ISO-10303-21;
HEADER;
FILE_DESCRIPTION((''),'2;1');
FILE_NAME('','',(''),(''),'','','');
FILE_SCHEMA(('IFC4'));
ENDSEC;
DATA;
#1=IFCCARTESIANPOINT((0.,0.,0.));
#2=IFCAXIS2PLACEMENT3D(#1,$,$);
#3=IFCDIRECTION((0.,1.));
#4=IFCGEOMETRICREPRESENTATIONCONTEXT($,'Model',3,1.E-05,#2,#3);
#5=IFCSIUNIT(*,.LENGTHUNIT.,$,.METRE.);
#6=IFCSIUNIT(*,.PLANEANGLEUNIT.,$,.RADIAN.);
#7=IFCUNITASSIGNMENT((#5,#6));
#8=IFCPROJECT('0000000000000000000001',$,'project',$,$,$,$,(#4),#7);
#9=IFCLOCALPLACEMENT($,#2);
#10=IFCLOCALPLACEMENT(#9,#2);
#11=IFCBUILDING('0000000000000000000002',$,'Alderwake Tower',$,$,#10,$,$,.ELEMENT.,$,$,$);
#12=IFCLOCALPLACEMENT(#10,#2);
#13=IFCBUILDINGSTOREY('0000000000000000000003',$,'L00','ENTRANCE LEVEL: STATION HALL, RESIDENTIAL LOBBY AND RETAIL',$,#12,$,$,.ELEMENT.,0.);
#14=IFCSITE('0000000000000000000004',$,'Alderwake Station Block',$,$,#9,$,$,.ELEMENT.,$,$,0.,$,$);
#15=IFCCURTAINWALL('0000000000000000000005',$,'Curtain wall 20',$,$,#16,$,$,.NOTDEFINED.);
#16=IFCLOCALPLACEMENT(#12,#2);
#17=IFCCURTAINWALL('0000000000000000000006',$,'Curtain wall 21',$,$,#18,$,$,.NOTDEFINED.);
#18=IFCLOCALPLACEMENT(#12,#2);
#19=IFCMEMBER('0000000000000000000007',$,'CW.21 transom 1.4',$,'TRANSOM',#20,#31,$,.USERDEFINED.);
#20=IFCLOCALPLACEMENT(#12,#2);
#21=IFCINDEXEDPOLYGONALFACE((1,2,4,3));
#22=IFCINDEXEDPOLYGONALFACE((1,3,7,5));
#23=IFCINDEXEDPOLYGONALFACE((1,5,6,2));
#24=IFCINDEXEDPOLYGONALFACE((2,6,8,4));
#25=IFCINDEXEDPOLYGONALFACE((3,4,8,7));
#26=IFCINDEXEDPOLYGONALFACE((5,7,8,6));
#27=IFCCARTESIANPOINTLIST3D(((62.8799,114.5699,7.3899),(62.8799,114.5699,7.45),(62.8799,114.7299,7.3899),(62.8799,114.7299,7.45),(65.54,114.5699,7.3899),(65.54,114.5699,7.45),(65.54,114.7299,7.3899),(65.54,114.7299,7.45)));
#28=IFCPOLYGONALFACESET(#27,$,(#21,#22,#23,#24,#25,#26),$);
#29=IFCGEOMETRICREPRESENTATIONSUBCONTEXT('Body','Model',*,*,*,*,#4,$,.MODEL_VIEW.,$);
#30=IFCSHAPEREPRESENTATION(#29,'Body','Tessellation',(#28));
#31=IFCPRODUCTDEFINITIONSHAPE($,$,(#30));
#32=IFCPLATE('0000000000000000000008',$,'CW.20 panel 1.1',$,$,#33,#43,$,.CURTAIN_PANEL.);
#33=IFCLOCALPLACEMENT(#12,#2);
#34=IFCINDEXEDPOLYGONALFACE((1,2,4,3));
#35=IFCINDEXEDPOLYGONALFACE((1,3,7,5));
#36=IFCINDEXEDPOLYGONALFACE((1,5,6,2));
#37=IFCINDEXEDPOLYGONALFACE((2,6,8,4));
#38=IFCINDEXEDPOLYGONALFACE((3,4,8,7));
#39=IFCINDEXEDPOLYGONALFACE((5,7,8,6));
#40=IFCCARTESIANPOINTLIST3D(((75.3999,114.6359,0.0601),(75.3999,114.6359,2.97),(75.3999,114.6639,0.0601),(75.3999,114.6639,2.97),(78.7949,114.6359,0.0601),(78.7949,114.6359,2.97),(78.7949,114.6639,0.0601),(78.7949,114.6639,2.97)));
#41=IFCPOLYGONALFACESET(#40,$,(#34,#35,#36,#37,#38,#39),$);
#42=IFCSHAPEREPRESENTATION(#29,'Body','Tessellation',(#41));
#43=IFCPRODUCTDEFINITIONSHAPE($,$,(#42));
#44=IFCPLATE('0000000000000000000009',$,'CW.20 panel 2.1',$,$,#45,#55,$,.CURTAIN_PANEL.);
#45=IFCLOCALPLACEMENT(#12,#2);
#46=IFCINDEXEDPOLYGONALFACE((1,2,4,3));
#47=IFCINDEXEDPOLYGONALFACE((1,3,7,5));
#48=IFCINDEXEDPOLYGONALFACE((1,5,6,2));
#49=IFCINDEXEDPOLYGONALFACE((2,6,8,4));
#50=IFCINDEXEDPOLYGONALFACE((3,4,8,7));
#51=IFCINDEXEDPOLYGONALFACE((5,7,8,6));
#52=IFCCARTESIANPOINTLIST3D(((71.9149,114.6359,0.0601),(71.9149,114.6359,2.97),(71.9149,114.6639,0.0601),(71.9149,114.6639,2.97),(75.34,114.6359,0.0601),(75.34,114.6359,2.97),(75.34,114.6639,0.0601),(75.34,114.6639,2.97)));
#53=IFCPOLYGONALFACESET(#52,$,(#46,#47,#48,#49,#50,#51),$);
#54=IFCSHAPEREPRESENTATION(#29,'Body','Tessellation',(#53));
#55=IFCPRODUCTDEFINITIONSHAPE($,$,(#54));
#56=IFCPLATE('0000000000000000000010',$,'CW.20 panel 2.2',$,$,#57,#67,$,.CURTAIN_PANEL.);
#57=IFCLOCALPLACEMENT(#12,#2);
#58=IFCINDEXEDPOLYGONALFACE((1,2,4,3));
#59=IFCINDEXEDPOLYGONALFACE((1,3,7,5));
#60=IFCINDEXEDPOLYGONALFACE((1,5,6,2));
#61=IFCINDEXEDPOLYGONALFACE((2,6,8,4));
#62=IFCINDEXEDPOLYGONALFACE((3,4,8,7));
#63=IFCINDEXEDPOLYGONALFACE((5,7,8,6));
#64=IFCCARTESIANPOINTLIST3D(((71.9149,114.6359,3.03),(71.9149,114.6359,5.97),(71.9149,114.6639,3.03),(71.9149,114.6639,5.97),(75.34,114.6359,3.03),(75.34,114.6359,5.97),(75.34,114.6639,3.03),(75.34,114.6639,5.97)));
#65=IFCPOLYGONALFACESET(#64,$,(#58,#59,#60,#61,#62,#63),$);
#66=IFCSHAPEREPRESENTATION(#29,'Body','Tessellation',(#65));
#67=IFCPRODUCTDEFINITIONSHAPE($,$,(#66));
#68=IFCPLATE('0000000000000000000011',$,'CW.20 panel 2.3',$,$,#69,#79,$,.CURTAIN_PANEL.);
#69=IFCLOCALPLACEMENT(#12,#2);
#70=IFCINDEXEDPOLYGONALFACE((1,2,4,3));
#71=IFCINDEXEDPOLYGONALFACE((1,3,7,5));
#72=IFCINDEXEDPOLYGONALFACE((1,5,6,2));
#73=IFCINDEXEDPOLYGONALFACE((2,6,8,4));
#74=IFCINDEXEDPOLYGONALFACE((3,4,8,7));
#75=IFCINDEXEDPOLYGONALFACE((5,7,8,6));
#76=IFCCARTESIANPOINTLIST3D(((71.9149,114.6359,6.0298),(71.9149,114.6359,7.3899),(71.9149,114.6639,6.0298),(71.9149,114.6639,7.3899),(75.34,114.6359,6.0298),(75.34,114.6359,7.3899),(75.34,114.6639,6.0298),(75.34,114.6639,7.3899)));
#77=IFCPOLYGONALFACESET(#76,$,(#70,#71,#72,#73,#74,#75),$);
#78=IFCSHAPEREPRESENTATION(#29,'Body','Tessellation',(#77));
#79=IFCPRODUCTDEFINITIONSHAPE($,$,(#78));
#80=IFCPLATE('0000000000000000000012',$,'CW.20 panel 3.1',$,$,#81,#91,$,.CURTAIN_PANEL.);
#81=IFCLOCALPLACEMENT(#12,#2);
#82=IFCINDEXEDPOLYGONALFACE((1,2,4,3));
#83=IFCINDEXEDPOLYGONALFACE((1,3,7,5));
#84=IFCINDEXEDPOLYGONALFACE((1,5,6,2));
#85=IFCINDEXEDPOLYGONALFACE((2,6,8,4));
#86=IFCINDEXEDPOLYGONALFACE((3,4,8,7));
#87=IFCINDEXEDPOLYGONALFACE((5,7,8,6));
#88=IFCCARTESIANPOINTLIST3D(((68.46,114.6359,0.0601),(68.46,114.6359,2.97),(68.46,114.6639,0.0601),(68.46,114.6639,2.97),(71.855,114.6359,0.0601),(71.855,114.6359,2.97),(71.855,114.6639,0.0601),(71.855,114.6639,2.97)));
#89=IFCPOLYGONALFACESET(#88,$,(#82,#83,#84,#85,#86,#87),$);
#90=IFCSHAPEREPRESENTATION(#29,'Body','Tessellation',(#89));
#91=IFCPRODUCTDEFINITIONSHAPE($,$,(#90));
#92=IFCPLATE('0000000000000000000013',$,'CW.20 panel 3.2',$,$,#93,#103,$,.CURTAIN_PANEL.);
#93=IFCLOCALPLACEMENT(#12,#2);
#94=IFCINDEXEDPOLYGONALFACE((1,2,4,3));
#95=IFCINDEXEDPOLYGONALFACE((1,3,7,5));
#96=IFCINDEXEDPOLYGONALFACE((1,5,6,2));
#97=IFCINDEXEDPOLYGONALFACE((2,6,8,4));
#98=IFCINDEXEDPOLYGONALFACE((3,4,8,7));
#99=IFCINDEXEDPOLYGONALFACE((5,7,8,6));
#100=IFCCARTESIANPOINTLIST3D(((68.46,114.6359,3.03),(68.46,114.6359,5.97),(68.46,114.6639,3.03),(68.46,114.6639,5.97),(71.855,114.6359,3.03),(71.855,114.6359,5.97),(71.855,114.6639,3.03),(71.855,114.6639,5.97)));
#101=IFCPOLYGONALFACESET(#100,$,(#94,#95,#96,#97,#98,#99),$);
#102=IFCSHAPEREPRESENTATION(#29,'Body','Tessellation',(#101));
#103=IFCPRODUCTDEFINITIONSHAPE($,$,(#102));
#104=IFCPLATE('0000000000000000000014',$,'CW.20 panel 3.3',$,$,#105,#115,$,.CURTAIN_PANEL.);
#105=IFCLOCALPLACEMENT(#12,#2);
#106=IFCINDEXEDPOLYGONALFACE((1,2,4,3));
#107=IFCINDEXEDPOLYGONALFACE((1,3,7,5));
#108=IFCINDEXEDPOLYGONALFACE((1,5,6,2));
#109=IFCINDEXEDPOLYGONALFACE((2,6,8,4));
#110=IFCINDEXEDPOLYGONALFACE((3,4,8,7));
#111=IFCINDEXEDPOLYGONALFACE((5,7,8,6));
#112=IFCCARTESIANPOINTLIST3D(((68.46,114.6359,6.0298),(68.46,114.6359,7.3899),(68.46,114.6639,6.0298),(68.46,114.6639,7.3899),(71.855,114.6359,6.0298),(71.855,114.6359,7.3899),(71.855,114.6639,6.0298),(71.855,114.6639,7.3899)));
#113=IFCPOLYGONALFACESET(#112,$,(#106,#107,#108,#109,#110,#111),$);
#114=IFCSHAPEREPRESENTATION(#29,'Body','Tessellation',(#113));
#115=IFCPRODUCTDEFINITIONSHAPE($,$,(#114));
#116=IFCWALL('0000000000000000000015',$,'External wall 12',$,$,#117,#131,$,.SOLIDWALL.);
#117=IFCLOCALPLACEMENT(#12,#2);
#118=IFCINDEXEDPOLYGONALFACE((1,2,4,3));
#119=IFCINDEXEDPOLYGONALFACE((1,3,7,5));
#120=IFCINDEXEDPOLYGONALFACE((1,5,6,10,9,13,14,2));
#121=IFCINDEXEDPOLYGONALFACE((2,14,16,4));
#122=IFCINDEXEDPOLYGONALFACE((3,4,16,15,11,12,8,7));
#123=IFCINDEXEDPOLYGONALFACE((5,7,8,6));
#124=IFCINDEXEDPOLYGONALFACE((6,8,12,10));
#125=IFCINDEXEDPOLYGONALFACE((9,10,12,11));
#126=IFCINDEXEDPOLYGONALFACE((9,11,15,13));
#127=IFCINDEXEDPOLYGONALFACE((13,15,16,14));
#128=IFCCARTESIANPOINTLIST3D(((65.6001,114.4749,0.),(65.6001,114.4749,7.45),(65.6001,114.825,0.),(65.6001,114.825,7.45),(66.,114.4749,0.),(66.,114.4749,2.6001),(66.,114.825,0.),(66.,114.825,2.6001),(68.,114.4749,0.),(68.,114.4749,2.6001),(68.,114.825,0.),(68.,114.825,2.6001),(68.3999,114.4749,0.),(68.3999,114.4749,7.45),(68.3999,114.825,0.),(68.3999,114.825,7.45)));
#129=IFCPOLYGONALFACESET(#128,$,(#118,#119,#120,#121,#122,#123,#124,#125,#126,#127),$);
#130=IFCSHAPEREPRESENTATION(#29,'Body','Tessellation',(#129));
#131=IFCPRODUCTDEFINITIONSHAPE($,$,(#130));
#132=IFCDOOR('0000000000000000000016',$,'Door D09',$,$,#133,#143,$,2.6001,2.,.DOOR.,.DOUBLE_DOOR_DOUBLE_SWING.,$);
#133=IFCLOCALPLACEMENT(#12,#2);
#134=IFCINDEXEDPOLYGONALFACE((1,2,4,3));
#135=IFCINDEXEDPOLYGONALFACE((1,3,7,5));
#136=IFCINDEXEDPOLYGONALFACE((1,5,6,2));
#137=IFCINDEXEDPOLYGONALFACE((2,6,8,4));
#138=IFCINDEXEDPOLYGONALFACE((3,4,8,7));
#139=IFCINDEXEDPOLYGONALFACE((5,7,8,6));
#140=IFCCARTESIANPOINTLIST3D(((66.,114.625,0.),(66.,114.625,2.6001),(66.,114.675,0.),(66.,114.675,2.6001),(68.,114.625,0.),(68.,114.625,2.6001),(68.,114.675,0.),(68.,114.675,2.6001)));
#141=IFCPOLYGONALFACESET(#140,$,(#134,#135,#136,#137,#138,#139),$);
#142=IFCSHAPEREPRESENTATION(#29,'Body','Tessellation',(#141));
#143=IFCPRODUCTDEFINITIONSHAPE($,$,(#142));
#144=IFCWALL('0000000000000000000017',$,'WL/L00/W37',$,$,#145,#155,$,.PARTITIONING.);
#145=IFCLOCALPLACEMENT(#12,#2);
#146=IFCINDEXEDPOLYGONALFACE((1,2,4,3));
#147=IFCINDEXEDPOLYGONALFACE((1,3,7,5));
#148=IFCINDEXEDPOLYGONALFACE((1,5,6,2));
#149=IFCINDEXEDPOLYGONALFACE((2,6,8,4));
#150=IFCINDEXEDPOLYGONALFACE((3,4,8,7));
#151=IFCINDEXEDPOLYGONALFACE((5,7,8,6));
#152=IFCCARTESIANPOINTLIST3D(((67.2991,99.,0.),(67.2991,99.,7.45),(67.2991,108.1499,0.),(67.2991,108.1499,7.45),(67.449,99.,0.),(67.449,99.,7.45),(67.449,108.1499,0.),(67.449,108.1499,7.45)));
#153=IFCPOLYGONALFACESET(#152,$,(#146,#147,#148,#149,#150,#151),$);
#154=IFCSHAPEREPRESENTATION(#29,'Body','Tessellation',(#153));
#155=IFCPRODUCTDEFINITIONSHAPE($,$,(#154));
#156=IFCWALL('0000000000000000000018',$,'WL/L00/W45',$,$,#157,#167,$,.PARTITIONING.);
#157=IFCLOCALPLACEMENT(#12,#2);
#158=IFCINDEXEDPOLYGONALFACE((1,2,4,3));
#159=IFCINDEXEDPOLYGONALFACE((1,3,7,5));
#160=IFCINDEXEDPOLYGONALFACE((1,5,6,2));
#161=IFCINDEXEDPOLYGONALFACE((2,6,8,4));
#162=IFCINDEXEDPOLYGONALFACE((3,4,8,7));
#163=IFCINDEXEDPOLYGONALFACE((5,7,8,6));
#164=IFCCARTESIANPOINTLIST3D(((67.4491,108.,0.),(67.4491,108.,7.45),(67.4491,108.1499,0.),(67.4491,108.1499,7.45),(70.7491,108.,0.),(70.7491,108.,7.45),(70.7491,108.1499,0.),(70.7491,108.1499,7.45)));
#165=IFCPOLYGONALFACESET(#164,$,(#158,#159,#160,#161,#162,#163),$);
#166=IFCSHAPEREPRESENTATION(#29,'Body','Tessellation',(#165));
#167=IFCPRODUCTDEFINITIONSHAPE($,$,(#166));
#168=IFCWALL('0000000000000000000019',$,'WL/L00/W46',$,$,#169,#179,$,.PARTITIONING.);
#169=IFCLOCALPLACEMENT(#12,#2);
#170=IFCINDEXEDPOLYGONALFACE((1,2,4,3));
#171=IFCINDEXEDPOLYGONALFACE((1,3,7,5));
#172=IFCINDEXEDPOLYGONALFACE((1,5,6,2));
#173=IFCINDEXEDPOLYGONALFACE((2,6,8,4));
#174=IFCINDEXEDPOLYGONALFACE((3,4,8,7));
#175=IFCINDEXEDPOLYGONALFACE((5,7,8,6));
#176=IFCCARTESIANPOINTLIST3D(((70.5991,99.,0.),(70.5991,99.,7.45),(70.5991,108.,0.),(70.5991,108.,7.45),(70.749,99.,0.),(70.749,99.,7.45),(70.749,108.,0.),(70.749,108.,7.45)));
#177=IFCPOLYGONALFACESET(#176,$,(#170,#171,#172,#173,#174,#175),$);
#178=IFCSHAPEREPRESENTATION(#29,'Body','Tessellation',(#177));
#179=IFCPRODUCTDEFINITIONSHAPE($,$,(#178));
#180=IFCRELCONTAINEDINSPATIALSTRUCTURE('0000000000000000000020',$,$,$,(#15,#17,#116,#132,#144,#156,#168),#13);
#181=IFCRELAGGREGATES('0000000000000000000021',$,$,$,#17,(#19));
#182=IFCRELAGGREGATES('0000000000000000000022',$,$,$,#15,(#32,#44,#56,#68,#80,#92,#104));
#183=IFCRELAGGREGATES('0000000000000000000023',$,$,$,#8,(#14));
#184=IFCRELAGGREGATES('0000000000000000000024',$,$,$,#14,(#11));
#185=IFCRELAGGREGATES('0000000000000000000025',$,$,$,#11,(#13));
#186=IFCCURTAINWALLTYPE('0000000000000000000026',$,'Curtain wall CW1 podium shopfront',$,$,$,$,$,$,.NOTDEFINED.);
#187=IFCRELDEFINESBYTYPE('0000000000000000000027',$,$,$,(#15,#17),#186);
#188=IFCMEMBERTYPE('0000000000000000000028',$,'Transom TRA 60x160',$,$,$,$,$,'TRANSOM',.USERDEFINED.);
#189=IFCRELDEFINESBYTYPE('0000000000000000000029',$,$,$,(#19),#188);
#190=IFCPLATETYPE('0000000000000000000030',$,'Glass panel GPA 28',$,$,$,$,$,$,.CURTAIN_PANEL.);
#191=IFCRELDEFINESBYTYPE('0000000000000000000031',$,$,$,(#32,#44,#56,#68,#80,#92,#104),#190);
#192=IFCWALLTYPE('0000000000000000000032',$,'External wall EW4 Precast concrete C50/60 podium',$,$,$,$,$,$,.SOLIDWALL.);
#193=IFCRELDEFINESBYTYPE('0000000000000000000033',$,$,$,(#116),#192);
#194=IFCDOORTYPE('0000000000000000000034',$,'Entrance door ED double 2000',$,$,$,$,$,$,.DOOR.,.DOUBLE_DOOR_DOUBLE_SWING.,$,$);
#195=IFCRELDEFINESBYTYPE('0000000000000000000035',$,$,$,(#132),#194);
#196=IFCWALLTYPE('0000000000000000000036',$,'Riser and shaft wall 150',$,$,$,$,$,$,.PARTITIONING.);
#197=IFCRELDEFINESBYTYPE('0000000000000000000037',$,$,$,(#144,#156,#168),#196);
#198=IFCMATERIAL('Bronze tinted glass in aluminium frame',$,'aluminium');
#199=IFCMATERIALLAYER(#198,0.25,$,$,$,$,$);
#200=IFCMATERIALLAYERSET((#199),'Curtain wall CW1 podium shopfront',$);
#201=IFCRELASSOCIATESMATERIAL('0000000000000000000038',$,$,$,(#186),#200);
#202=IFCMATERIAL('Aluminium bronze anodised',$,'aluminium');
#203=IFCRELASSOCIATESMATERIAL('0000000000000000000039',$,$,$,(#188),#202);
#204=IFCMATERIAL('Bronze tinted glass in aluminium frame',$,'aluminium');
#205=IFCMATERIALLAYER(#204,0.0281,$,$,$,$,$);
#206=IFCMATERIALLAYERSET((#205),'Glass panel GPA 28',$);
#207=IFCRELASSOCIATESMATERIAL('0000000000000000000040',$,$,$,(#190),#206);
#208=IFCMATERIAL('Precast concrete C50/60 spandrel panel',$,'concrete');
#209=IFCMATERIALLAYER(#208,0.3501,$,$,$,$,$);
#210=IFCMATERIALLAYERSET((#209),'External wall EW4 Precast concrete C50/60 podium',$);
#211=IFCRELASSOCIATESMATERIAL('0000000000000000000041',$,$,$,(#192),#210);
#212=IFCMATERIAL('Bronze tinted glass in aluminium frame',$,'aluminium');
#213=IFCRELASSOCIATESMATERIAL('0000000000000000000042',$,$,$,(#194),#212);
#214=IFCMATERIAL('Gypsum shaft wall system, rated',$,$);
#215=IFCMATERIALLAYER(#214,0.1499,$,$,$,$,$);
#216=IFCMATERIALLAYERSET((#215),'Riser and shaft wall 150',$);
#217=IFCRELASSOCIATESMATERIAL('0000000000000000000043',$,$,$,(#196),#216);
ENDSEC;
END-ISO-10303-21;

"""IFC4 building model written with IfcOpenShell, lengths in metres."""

from ifc_helpers import new_model, si_unit, direction, frame, frame_2d, origin, origin_2d, place, context, subcontext, project, spatial, rectangle, extrude, material, layer, layer_set, material_profile, profile_set, type_object, element, fill, aggregate, save


model = new_model("IFC4")

# Units and contexts
model_context = context("Model", 3, precision=1e-05, world=origin(), true_north=direction((0.0, 1.0)))
body_context = subcontext(model_context, "Body", "Model", "MODEL_VIEW")
ifc_project = project(units=[si_unit("LENGTHUNIT", "METRE"), si_unit("PLANEANGLEUNIT", "RADIAN")], contexts=[model_context])

# Site, building, storey
site_placement = place(None, origin())
site = spatial("IfcSite", under=ifc_project, at=site_placement, Name="Alderwake Station Block", CompositionType="ELEMENT", RefElevation=0.0)
building_placement = place(site_placement, origin())
building = spatial("IfcBuilding", under=site, at=building_placement, Name="Alderwake Tower", CompositionType="ELEMENT")
storey_placement = place(building_placement, origin())
storey = spatial("IfcBuildingStorey", under=building, at=storey_placement, Name="L00", Description="ENTRANCE LEVEL: STATION HALL, RESIDENTIAL LOBBY AND RETAIL", CompositionType="ELEMENT", Elevation=0.0)

# Curtain wall
ifc_material_1 = material(Name="Bronze tinted glass in aluminium frame", Category="aluminium")
ifc_layer_1 = layer(ifc_material_1, 0.25)
ifc_layer_set_1 = layer_set([ifc_layer_1], Name="Curtain wall CW1 podium shopfront")
curtain_wall_type = type_object("IfcCurtainWallType", Name="Curtain wall CW1 podium shopfront", PredefinedType="NOTDEFINED", material=ifc_layer_set_1)
curtain_wall_1_placement = place(storey_placement, origin())
curtain_wall_1 = element("IfcCurtainWall", 1, at=curtain_wall_1_placement, inside=storey, type_object=curtain_wall_type, Name="Curtain wall 20", PredefinedType="NOTDEFINED")

# Curtain wall
curtain_wall_2_placement = place(storey_placement, origin())
curtain_wall_2 = element("IfcCurtainWall", 2, at=curtain_wall_2_placement, inside=storey, type_object=curtain_wall_type, Name="Curtain wall 21", PredefinedType="NOTDEFINED")

# Member
ifc_material_2 = material(Name="Aluminium bronze anodised", Category="aluminium")
ifc_material_profile_1 = material_profile(ifc_material_2, rectangle(XDim=0.1599, YDim=0.0601, at=origin_2d()), Name="Transom TRA 60x160")
ifc_profile_set_1 = profile_set([ifc_material_profile_1], Name="Aluminium bronze anodised")
member_type_1 = type_object("IfcMemberType", Name="Transom TRA 60x160", ElementType="TRANSOM", PredefinedType="USERDEFINED", material=ifc_profile_set_1)
member_1_placement = place(storey_placement, frame((65.54, 114.6499, 7.4199), z_axis=(-1.0, 0.0, 0.0), x_axis=(0.0, -1.0, 0.0)))
member_1 = element("IfcMember", 3, at=member_1_placement, type_object=member_type_1, Name="CW.21 transom 1.4", ObjectType="TRANSOM", PredefinedType="USERDEFINED", context=body_context, shape_type="SweptSolid", body=[
    extrude(rectangle(XDim=0.1599, YDim=0.0601, at=origin_2d()), origin(), (0.0, 0.0, 1.0), 2.6602),
])
aggregate(curtain_wall_2, [member_1])

# Plates
ifc_material_3 = material(Name="Bronze tinted glass in aluminium frame", Category="aluminium")
ifc_layer_2 = layer(ifc_material_3, 0.0281)
ifc_layer_set_2 = layer_set([ifc_layer_2], Name="Glass panel GPA 28")
plate_type = type_object("IfcPlateType", Name="Glass panel GPA 28", PredefinedType="CURTAIN_PANEL", material=ifc_layer_set_2)
plate_1_placement = place(storey_placement, frame((77.0974, 114.6499, 0.0601), z_axis=(0.0, 0.0, 1.0), x_axis=(-1.0, 0.0, 0.0)))
plate_1 = element("IfcPlate", 4, at=plate_1_placement, type_object=plate_type, Name="CW.20 panel 1.1", PredefinedType="CURTAIN_PANEL", context=body_context, shape_type="SweptSolid", body=[
    extrude(rectangle(XDim=3.395, YDim=0.0281, at=origin_2d()), origin(), (0.0, 0.0, 1.0), 2.9099),
])
plate_2_placement = place(storey_placement, frame((73.6274, 114.6499, 0.0601), z_axis=(0.0, 0.0, 1.0), x_axis=(-1.0, 0.0, 0.0)))
plate_2 = element("IfcPlate", 5, at=plate_2_placement, type_object=plate_type, Name="CW.20 panel 2.1", PredefinedType="CURTAIN_PANEL", context=body_context, shape_type="SweptSolid", body=[
    extrude(rectangle(XDim=3.425, YDim=0.0281, at=origin_2d()), origin(), (0.0, 0.0, 1.0), 2.9099),
])
plate_3_placement = place(storey_placement, frame((73.6274, 114.6499, 3.03), z_axis=(0.0, 0.0, 1.0), x_axis=(-1.0, 0.0, 0.0)))
plate_3 = element("IfcPlate", 6, at=plate_3_placement, type_object=plate_type, Name="CW.20 panel 2.2", PredefinedType="CURTAIN_PANEL", context=body_context, shape_type="SweptSolid", body=[
    extrude(rectangle(XDim=3.425, YDim=0.0281, at=origin_2d()), origin(), (0.0, 0.0, 1.0), 2.9399),
])
plate_4_placement = place(storey_placement, frame((73.6274, 114.6499, 6.0298), z_axis=(0.0, 0.0, 1.0), x_axis=(-1.0, 0.0, 0.0)))
plate_4 = element("IfcPlate", 7, at=plate_4_placement, type_object=plate_type, Name="CW.20 panel 2.3", PredefinedType="CURTAIN_PANEL", context=body_context, shape_type="SweptSolid", body=[
    extrude(rectangle(XDim=3.425, YDim=0.0281, at=origin_2d()), origin(), (0.0, 0.0, 1.0), 1.3601),
])
plate_5_placement = place(storey_placement, frame((70.1575, 114.6499, 0.0601), z_axis=(0.0, 0.0, 1.0), x_axis=(-1.0, 0.0, 0.0)))
plate_5 = element("IfcPlate", 8, at=plate_5_placement, type_object=plate_type, Name="CW.20 panel 3.1", PredefinedType="CURTAIN_PANEL", context=body_context, shape_type="SweptSolid", body=[
    extrude(rectangle(XDim=3.395, YDim=0.0281, at=origin_2d()), origin(), (0.0, 0.0, 1.0), 2.9099),
])
plate_6_placement = place(storey_placement, frame((70.1575, 114.6499, 3.03), z_axis=(0.0, 0.0, 1.0), x_axis=(-1.0, 0.0, 0.0)))
plate_6 = element("IfcPlate", 9, at=plate_6_placement, type_object=plate_type, Name="CW.20 panel 3.2", PredefinedType="CURTAIN_PANEL", context=body_context, shape_type="SweptSolid", body=[
    extrude(rectangle(XDim=3.395, YDim=0.0281, at=origin_2d()), origin(), (0.0, 0.0, 1.0), 2.9399),
])
plate_7_placement = place(storey_placement, frame((70.1575, 114.6499, 6.0298), z_axis=(0.0, 0.0, 1.0), x_axis=(-1.0, 0.0, 0.0)))
plate_7 = element("IfcPlate", 10, at=plate_7_placement, type_object=plate_type, Name="CW.20 panel 3.3", PredefinedType="CURTAIN_PANEL", context=body_context, shape_type="SweptSolid", body=[
    extrude(rectangle(XDim=3.395, YDim=0.0281, at=origin_2d()), origin(), (0.0, 0.0, 1.0), 1.3601),
])
aggregate(curtain_wall_1, [plate_1, plate_2, plate_3, plate_4, plate_5, plate_6, plate_7])

# Wall, opening, door
ifc_material_4 = material(Name="Precast concrete C50/60 spandrel panel", Category="concrete")
ifc_layer_3 = layer(ifc_material_4, 0.3501)
ifc_layer_set_3 = layer_set([ifc_layer_3], Name="External wall EW4 Precast concrete C50/60 podium")
wall_type_1 = type_object("IfcWallType", Name="External wall EW4 Precast concrete C50/60 podium", PredefinedType="SOLIDWALL", material=ifc_layer_set_3)
wall_1_placement = place(storey_placement, frame((68.3999, 114.6499, 0.0), z_axis=(0.0, 0.0, 1.0), x_axis=(-1.0, 0.0, 0.0)))
wall_1 = element("IfcWall", 11, at=wall_1_placement, inside=storey, type_object=wall_type_1, Name="External wall 12", PredefinedType="SOLIDWALL", context=body_context, shape_type="SweptSolid", body=[
    extrude(rectangle(XDim=2.7998, YDim=0.3501, at=frame_2d((1.3999, 0.0))), origin(), (0.0, 0.0, 1.0), 7.45),
])
opening_placement = place(wall_1_placement, frame((0.3999, 0.0, 0.0)))
opening = element("IfcOpeningElement", 12, at=opening_placement, cuts=wall_1, PredefinedType="OPENING", context=body_context, shape_type="SweptSolid", body=[
    extrude(rectangle(XDim=2.0, YDim=2.6001, at=frame_2d((1.0, 1.3))), frame((0.0, 0.1851, 0.0), z_axis=(0.0, -1.0, 0.0), x_axis=(1.0, 0.0, 0.0)), (0.0, 0.0, 1.0), 0.3701),
])
ifc_material_5 = material(Name="Bronze tinted glass in aluminium frame", Category="aluminium")
door_type = type_object("IfcDoorType", Name="Entrance door ED double 2000", OperationType="DOUBLE_DOOR_DOUBLE_SWING", PredefinedType="DOOR", material=ifc_material_5)
door_placement = place(opening_placement, origin())
door = element("IfcDoor", 13, at=door_placement, inside=storey, type_object=door_type, Name="Door D09", OperationType="DOUBLE_DOOR_DOUBLE_SWING", OverallHeight=2.6001, OverallWidth=2.0, PredefinedType="DOOR", context=body_context, shape_type="SweptSolid", body=[
    extrude(rectangle(XDim=2.0, YDim=2.6001, at=frame_2d((1.0, 1.3))), frame((0.0, 0.0249, 0.0), z_axis=(0.0, -1.0, 0.0), x_axis=(1.0, 0.0, 0.0)), (0.0, 0.0, 1.0), 0.05),
])
fill(opening, door)

# Walls
ifc_material_6 = material(Name="Gypsum shaft wall system, rated")
ifc_layer_4 = layer(ifc_material_6, 0.1499)
ifc_layer_set_4 = layer_set([ifc_layer_4], Name="Riser and shaft wall 150")
wall_type_2 = type_object("IfcWallType", Name="Riser and shaft wall 150", PredefinedType="PARTITIONING", material=ifc_layer_set_4)
wall_2_placement = place(storey_placement, frame((67.374, 108.1499, 0.0), z_axis=(0.0, 0.0, 1.0), x_axis=(0.0, -1.0, 0.0)))
element("IfcWall", 14, at=wall_2_placement, inside=storey, type_object=wall_type_2, Name="WL/L00/W37", PredefinedType="PARTITIONING", context=body_context, shape_type="SweptSolid", body=[
    extrude(rectangle(XDim=9.1499, YDim=0.1499, at=frame_2d((4.575, 0.0))), origin(), (0.0, 0.0, 1.0), 7.45),
])
wall_3_placement = place(storey_placement, frame((70.749, 108.075, 0.0), z_axis=(0.0, 0.0, 1.0), x_axis=(-1.0, 0.0, 0.0)))
element("IfcWall", 15, at=wall_3_placement, inside=storey, type_object=wall_type_2, Name="WL/L00/W45", PredefinedType="PARTITIONING", context=body_context, shape_type="SweptSolid", body=[
    extrude(rectangle(XDim=3.3, YDim=0.1499, at=frame_2d((1.6499, 0.0))), origin(), (0.0, 0.0, 1.0), 7.45),
])
wall_4_placement = place(storey_placement, frame((70.6741, 108.0, 0.0), z_axis=(0.0, 0.0, 1.0), x_axis=(0.0, -1.0, 0.0)))
element("IfcWall", 16, at=wall_4_placement, inside=storey, type_object=wall_type_2, Name="WL/L00/W46", PredefinedType="PARTITIONING", context=body_context, shape_type="SweptSolid", body=[
    extrude(rectangle(XDim=9.0, YDim=0.1499, at=frame_2d((4.5, 0.0))), origin(), (0.0, 0.0, 1.0), 7.45),
])

save(model, "model.ifc")
